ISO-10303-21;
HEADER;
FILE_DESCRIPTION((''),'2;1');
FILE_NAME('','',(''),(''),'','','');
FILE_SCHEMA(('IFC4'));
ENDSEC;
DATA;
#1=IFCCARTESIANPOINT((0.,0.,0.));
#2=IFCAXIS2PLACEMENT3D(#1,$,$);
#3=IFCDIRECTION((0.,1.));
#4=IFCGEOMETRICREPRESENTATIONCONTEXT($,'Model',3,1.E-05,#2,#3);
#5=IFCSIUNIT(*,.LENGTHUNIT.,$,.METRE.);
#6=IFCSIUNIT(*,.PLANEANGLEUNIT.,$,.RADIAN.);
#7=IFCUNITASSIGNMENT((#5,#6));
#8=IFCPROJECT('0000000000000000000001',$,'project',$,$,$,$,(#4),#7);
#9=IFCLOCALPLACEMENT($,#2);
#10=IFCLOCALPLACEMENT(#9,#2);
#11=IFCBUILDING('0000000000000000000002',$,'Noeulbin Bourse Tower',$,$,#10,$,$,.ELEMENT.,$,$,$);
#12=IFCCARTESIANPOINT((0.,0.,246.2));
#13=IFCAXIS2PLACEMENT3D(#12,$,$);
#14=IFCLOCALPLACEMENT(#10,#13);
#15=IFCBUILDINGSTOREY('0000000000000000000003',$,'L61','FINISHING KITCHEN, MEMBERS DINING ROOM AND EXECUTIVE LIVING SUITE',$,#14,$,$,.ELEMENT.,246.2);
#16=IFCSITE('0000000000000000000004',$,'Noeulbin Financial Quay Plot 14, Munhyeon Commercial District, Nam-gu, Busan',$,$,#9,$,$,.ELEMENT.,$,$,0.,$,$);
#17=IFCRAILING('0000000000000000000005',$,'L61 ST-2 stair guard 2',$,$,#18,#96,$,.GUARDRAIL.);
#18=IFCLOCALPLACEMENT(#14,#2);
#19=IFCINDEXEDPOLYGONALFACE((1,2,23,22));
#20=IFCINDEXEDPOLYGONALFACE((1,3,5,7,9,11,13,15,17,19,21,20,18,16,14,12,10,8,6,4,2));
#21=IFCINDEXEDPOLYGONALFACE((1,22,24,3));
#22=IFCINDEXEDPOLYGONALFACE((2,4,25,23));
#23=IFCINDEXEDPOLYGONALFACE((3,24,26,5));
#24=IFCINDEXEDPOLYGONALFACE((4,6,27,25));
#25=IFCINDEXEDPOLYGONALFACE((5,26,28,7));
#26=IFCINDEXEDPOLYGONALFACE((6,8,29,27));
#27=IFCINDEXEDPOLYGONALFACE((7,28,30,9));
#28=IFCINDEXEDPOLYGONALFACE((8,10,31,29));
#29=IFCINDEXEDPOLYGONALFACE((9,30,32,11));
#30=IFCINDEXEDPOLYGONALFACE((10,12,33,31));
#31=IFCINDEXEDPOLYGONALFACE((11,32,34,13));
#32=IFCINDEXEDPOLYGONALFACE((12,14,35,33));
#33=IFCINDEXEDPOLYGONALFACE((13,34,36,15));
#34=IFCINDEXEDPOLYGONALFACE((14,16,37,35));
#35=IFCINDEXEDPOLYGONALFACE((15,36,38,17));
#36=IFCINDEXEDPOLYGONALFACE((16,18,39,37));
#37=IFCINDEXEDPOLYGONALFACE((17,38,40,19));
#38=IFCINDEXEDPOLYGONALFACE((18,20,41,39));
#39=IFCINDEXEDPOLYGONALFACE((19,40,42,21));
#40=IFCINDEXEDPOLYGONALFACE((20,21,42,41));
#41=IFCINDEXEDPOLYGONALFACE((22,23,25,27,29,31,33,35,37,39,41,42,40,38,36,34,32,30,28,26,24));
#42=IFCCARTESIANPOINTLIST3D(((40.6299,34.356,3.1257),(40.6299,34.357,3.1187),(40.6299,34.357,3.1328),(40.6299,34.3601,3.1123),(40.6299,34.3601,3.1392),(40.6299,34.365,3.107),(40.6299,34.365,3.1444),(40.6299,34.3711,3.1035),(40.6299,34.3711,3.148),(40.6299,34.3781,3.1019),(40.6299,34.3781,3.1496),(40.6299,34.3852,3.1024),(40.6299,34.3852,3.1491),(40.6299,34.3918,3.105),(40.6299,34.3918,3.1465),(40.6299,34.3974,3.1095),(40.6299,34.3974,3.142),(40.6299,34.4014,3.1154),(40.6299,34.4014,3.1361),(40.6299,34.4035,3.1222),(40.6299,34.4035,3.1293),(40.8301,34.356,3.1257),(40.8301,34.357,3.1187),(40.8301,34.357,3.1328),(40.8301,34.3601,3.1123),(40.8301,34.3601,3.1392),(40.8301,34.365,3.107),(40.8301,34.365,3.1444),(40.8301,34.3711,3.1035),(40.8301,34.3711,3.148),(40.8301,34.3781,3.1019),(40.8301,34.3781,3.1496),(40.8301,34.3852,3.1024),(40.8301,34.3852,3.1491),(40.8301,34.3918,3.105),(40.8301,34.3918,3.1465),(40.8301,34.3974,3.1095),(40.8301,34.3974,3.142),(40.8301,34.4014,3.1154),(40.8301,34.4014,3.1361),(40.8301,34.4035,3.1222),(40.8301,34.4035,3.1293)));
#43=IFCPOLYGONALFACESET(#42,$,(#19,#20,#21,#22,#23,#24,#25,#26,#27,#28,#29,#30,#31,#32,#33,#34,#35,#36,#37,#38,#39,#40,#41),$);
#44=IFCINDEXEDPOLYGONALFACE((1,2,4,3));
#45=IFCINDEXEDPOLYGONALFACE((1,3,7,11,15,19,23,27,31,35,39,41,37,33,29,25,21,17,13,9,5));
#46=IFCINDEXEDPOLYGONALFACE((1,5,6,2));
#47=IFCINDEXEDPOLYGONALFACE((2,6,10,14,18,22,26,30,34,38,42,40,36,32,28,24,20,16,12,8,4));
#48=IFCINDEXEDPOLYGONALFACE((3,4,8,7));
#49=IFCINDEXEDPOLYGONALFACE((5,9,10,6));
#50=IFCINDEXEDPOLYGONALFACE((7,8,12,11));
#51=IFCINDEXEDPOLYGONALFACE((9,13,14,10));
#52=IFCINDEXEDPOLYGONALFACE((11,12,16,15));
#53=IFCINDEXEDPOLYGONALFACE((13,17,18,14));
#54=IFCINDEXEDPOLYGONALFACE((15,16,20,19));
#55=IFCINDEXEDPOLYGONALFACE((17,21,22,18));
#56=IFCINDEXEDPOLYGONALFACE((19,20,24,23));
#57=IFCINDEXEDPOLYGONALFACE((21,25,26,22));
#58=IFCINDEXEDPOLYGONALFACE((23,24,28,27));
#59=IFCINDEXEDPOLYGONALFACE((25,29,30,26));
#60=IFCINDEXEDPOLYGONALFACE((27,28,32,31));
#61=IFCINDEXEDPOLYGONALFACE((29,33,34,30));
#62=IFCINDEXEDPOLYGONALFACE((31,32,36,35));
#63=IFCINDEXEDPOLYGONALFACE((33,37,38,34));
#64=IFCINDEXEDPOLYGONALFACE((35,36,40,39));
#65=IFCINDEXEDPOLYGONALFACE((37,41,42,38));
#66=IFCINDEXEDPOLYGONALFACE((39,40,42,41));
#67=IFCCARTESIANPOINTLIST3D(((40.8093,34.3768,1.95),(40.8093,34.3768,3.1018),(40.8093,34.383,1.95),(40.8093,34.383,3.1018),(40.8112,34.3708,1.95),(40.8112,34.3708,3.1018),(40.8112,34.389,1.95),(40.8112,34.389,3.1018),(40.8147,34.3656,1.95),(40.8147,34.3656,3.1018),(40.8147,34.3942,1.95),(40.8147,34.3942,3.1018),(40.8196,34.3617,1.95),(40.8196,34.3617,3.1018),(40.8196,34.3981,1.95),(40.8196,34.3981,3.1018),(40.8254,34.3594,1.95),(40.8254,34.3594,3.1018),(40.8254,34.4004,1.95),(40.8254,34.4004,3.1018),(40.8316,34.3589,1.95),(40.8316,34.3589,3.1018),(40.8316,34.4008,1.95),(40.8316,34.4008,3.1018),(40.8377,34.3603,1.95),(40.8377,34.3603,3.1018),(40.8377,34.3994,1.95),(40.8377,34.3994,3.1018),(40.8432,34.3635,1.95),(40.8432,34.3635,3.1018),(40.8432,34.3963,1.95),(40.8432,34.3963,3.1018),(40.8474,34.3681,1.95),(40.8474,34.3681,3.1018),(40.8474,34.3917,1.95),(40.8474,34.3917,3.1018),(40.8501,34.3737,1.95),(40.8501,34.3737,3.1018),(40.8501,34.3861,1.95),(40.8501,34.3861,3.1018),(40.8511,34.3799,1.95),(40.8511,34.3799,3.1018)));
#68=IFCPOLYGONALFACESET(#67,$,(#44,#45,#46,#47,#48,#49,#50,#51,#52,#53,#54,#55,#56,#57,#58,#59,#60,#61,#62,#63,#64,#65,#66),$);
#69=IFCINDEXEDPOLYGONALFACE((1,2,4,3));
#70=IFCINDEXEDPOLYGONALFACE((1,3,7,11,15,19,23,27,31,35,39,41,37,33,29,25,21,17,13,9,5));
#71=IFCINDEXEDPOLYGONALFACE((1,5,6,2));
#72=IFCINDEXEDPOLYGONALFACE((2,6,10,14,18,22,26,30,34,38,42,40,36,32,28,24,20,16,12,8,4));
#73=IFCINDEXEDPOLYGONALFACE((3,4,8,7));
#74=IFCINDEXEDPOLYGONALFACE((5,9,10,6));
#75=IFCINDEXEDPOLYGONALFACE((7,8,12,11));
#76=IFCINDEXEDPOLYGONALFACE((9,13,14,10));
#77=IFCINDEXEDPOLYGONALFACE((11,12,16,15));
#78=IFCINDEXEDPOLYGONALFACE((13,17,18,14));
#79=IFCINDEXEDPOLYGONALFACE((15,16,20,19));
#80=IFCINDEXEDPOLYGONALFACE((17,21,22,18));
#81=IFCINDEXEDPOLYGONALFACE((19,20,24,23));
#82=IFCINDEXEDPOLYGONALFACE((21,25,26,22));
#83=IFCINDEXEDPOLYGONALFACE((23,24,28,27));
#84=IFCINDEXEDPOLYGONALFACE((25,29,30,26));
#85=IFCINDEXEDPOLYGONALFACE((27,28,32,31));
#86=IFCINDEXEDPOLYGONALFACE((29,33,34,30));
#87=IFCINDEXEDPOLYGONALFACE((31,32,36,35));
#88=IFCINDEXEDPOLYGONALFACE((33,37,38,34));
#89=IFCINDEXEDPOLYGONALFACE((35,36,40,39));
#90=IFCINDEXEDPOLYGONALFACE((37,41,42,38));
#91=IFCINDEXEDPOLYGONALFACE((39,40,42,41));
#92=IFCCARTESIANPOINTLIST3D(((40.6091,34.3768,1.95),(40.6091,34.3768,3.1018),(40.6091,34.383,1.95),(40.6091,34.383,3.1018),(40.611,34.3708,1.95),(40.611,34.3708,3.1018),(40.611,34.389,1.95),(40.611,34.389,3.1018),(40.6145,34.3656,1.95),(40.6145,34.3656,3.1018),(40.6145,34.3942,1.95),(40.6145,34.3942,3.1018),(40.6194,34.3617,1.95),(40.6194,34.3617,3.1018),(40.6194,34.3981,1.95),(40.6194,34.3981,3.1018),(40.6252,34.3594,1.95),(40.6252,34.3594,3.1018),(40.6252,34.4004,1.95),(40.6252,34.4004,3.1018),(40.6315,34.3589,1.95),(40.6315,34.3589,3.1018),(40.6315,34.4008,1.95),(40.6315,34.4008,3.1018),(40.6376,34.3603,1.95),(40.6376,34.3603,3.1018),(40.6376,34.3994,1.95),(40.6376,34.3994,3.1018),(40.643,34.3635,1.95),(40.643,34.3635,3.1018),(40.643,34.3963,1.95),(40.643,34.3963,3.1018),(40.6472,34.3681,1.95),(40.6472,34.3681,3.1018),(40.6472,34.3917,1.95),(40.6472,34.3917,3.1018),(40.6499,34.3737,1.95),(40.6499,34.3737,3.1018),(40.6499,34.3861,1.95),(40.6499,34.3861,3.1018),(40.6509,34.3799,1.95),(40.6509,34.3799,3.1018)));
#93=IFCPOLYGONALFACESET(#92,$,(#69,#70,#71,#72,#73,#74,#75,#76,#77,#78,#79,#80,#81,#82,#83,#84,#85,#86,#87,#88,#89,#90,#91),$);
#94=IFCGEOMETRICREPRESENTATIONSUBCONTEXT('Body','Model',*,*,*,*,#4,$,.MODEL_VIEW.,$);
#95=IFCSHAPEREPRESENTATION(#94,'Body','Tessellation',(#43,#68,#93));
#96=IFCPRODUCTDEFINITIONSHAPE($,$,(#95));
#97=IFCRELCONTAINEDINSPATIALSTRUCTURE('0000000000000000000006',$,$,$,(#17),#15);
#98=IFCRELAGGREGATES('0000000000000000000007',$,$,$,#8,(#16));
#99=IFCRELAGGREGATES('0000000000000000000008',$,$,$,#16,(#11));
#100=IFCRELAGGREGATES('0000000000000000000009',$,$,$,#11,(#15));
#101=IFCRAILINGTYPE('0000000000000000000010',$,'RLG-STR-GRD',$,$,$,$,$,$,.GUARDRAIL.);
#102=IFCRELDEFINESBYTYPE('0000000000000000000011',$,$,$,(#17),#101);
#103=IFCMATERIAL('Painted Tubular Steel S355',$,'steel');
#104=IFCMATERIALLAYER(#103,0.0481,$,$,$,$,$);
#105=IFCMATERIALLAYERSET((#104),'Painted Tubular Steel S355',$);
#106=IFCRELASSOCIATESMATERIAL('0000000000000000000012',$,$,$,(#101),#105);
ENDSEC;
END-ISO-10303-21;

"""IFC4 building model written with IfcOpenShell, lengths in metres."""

from ifc_helpers import new_model, si_unit, direction, frame, origin, origin_2d, place, context, subcontext, project, spatial, circle, extrude, material, layer, layer_set, type_object, element, save


model = new_model("IFC4")

# Units and contexts
model_context = context("Model", 3, precision=1e-05, world=origin(), true_north=direction((0.0, 1.0)))
body_context = subcontext(model_context, "Body", "Model", "MODEL_VIEW")
ifc_project = project(units=[si_unit("LENGTHUNIT", "METRE"), si_unit("PLANEANGLEUNIT", "RADIAN")], contexts=[model_context])

# Site, building, storey
site_placement = place(None, origin())
site = spatial("IfcSite", under=ifc_project, at=site_placement, Name="Noeulbin Financial Quay Plot 14, Munhyeon Commercial District, Nam-gu, Busan", CompositionType="ELEMENT", RefElevation=0.0)
building_placement = place(site_placement, origin())
building = spatial("IfcBuilding", under=site, at=building_placement, Name="Noeulbin Bourse Tower", CompositionType="ELEMENT")
storey_placement = place(building_placement, frame((0.0, 0.0, 246.2)))
storey = spatial("IfcBuildingStorey", under=building, at=storey_placement, Name="L61", Description="FINISHING KITCHEN, MEMBERS DINING ROOM AND EXECUTIVE LIVING SUITE", CompositionType="ELEMENT", Elevation=246.2)

# Railing
ifc_material_1 = material(Name="Painted Tubular Steel S355", Category="steel")
ifc_layer_1 = layer(ifc_material_1, 0.0481)
ifc_layer_set_1 = layer_set([ifc_layer_1], Name="Painted Tubular Steel S355")
railing_type_1 = type_object("IfcRailingType", Name="RLG-STR-GRD", PredefinedType="GUARDRAIL", material=ifc_layer_set_1)
railing_1_placement = place(storey_placement, frame((40.8301, 34.3799, 1.95)))
element("IfcRailing", 1, at=railing_1_placement, inside=storey, type_object=railing_type_1, Name="L61 ST-2 stair guard 2", PredefinedType="GUARDRAIL", context=body_context, shape_type="SweptSolid", body=[
    extrude(circle(Radius=0.0239, at=origin_2d()), frame((0.0, 0.0, 1.1758), z_axis=(-1.0, 0.0, 0.0), x_axis=(0.0, -1.0, 0.0)), (0.0, 0.0, 1.0), 0.2002),
    extrude(circle(Radius=0.021, at=origin_2d()), origin(), (0.0, 0.0, 1.0), 1.1519),
    extrude(circle(Radius=0.021, at=origin_2d()), frame((-0.2002, 0.0, 0.0)), (0.0, 0.0, 1.0), 1.1519),
])

save(model, "model.ifc")
